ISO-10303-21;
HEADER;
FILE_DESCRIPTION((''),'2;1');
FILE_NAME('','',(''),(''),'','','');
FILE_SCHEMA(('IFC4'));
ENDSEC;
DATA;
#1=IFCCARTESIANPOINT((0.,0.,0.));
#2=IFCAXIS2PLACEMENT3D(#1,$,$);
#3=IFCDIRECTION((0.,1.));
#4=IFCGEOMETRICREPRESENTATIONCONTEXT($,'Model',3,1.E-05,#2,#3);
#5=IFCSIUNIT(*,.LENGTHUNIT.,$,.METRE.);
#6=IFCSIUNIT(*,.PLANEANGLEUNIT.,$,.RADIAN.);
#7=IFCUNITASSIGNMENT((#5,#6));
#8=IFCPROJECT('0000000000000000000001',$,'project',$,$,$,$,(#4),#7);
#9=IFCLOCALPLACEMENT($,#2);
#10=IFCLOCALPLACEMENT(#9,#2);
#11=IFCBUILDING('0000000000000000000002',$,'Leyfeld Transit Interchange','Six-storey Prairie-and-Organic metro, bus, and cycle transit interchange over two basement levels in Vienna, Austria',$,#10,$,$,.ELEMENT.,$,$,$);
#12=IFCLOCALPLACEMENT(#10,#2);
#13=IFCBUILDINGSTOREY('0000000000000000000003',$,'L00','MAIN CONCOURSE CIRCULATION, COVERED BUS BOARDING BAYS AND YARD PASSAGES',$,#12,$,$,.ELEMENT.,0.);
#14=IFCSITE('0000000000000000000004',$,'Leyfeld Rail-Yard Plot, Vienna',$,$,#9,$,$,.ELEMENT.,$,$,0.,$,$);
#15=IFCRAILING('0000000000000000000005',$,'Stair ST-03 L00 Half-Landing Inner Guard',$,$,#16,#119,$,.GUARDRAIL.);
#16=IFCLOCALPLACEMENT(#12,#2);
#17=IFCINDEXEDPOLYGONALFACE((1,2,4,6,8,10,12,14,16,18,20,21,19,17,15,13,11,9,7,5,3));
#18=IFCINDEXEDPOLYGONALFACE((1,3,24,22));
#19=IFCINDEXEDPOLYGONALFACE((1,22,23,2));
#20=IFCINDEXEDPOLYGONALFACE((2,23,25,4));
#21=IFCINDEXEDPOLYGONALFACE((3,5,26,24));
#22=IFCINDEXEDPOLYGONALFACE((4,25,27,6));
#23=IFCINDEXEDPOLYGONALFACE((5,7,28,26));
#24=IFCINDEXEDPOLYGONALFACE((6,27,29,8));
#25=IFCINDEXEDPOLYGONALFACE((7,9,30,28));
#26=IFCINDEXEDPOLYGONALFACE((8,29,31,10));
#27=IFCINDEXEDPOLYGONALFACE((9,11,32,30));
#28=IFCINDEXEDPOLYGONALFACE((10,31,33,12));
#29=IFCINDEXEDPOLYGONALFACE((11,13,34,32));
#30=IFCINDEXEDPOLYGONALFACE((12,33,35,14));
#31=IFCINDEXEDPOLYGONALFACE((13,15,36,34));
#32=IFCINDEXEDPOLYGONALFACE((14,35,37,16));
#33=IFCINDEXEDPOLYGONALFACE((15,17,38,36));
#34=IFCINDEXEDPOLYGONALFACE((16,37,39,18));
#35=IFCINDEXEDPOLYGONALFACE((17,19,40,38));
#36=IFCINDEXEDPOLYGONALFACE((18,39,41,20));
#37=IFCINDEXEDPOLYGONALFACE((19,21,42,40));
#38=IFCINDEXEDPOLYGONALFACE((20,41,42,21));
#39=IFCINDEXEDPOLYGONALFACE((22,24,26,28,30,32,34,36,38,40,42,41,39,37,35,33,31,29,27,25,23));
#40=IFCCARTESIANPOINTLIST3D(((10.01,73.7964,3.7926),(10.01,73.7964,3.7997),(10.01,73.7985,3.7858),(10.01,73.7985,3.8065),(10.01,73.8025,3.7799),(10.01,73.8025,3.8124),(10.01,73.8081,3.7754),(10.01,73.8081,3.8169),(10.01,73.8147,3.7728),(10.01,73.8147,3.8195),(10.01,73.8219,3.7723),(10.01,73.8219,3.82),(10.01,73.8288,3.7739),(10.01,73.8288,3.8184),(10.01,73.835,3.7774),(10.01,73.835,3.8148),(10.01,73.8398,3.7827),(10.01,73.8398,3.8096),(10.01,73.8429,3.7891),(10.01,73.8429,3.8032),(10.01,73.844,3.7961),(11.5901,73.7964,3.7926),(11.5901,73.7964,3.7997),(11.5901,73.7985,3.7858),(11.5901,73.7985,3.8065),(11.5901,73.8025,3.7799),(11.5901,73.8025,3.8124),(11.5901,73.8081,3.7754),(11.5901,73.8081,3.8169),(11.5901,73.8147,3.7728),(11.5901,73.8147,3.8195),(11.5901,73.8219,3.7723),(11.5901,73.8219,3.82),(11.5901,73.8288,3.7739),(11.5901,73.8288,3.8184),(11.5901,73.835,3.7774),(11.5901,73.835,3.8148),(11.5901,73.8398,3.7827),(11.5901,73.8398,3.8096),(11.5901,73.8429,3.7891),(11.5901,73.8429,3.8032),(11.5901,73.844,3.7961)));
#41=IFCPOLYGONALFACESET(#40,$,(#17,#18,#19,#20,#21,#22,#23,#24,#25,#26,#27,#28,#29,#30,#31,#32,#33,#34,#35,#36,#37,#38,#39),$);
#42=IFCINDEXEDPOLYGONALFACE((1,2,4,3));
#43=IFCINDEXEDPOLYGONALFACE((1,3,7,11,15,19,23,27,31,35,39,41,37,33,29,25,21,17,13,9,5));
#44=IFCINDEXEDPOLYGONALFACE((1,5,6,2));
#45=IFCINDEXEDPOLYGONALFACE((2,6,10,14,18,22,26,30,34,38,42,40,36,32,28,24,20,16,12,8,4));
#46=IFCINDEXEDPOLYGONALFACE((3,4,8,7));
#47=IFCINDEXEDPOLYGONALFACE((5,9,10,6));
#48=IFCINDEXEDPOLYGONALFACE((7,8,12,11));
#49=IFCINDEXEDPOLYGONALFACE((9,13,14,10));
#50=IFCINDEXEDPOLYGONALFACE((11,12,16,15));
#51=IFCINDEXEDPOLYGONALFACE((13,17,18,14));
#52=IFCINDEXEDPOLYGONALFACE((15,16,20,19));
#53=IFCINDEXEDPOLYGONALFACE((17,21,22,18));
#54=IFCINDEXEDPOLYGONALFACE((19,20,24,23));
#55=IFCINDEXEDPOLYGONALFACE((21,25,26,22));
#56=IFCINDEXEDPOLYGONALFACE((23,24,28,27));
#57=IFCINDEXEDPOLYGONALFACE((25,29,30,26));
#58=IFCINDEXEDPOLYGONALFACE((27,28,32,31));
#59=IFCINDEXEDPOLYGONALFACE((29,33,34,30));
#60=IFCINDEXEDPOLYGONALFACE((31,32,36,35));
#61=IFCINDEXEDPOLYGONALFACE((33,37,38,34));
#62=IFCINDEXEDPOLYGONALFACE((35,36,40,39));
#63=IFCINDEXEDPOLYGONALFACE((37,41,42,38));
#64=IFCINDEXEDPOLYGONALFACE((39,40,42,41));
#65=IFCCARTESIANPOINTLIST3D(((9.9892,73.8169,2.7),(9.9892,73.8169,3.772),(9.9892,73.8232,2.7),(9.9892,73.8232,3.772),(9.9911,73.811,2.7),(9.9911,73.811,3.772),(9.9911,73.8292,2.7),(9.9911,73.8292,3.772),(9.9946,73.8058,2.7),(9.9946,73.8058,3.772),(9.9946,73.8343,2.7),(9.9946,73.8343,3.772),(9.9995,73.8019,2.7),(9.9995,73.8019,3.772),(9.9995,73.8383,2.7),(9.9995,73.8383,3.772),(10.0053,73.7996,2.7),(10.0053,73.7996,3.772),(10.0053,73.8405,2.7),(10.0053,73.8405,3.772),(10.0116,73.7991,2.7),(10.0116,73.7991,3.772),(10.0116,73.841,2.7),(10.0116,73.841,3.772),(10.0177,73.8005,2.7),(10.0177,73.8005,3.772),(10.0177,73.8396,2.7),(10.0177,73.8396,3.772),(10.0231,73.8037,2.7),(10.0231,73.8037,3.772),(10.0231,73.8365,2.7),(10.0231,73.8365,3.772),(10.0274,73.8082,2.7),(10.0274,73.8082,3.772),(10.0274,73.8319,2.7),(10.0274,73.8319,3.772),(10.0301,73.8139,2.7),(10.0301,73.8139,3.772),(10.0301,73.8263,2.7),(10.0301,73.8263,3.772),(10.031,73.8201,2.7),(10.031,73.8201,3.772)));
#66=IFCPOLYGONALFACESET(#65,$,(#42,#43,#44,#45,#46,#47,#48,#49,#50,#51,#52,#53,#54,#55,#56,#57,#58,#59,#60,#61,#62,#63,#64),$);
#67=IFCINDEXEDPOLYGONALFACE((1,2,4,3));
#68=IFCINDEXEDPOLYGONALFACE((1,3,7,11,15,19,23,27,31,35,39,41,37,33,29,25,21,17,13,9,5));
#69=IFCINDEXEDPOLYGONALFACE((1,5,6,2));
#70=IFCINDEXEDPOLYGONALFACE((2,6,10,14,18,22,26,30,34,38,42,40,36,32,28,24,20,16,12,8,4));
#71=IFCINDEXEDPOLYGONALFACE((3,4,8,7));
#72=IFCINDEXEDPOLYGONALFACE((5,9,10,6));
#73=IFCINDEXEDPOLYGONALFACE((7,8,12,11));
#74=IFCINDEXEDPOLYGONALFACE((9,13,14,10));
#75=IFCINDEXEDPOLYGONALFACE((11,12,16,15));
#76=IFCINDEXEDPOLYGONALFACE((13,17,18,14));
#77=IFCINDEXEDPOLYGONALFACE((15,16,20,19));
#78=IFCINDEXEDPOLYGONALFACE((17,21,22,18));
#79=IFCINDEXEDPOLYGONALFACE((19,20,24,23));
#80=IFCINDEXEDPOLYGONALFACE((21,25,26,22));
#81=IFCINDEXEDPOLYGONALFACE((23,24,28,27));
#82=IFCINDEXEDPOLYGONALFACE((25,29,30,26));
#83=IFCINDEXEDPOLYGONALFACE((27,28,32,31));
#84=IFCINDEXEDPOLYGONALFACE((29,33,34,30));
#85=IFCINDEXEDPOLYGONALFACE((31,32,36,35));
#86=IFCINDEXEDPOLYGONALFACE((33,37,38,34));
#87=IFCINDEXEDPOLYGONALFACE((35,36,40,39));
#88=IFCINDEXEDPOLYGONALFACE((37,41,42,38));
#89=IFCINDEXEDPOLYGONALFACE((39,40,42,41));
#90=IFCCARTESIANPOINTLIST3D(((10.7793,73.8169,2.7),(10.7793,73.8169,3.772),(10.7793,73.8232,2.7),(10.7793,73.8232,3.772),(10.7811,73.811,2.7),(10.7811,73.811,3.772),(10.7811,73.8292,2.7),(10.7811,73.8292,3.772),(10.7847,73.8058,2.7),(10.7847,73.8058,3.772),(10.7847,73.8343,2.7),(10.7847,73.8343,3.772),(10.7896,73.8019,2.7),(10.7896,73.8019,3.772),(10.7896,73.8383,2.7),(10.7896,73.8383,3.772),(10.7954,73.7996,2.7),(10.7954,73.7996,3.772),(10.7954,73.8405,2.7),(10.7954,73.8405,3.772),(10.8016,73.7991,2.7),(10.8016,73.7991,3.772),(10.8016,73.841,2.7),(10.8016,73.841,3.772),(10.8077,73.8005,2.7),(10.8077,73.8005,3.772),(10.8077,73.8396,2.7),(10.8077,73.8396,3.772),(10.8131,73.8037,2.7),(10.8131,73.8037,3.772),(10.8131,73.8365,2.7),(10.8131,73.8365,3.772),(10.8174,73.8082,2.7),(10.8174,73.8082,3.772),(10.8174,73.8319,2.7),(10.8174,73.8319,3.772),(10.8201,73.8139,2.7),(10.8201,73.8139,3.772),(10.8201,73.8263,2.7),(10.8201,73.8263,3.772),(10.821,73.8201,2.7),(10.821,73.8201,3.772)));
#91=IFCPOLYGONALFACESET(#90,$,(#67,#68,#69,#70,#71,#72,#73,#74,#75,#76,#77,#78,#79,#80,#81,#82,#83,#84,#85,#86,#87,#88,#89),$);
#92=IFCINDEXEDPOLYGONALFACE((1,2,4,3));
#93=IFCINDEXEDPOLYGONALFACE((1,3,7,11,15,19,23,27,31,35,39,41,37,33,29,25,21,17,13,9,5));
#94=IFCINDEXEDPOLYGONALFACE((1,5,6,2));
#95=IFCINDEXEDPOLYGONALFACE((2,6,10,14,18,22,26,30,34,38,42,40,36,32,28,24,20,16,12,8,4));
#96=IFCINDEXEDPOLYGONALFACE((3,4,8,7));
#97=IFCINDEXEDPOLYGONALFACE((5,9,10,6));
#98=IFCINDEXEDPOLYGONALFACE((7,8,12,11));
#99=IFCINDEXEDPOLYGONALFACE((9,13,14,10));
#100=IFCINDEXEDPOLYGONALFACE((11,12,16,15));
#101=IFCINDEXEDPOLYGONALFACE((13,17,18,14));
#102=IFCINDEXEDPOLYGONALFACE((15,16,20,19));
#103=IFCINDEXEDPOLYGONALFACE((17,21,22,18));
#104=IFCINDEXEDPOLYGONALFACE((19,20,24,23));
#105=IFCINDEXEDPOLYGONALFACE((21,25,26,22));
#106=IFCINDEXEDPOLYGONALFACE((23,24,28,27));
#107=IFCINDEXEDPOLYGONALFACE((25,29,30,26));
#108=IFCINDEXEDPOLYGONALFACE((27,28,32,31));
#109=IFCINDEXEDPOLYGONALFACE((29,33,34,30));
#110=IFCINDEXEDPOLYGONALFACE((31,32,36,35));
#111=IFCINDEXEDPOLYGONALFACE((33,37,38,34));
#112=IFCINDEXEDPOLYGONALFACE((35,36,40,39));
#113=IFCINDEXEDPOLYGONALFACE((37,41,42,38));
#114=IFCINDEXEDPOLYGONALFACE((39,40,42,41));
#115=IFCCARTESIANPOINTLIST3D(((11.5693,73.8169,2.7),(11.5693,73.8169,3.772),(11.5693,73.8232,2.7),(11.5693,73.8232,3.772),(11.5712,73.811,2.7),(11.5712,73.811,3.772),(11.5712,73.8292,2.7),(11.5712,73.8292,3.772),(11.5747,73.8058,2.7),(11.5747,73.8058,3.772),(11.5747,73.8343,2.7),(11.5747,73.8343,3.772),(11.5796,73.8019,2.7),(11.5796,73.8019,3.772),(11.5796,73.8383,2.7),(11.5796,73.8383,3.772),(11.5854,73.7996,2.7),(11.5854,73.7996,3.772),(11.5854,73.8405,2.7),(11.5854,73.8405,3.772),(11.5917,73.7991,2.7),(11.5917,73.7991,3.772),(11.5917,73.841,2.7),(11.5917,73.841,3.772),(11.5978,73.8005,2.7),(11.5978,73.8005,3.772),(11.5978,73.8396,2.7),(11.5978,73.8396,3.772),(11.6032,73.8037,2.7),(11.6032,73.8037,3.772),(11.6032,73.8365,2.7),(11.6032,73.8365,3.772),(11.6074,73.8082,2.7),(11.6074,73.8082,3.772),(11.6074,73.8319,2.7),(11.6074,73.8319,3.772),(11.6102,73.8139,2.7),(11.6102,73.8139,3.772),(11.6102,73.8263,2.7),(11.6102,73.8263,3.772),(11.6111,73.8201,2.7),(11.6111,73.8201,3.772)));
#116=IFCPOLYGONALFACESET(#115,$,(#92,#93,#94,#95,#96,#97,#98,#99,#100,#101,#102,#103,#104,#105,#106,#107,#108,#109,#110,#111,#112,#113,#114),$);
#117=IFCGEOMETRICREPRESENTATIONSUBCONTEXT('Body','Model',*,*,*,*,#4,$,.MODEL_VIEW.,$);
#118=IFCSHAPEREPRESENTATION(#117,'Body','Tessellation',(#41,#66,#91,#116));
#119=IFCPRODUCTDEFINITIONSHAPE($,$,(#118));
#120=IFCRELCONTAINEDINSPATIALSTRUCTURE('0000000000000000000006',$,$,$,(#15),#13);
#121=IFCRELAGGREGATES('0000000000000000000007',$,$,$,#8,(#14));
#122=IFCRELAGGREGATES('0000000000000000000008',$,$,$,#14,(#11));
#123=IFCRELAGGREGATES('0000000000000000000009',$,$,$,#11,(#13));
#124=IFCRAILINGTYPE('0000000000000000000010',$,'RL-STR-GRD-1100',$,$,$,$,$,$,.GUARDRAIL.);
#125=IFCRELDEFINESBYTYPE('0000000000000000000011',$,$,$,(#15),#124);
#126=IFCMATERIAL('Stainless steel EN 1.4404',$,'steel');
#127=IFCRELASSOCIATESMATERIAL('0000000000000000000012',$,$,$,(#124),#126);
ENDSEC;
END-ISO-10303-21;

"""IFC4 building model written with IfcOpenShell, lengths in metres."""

from ifc_helpers import new_model, si_unit, direction, frame, origin, origin_2d, place, context, subcontext, project, spatial, circle, extrude, material, type_object, element, save


model = new_model("IFC4")

# Units and contexts
model_context = context("Model", 3, precision=1e-05, world=origin(), true_north=direction((0.0, 1.0)))
body_context = subcontext(model_context, "Body", "Model", "MODEL_VIEW")
ifc_project = project(units=[si_unit("LENGTHUNIT", "METRE"), si_unit("PLANEANGLEUNIT", "RADIAN")], contexts=[model_context])

# Site, building, storey
site_placement = place(None, origin())
site = spatial("IfcSite", under=ifc_project, at=site_placement, Name="Leyfeld Rail-Yard Plot, Vienna", CompositionType="ELEMENT", RefElevation=0.0)
building_placement = place(site_placement, origin())
building = spatial("IfcBuilding", under=site, at=building_placement, Name="Leyfeld Transit Interchange", Description="Six-storey Prairie-and-Organic metro, bus, and cycle transit interchange over two basement levels in Vienna, Austria", CompositionType="ELEMENT")
storey_placement = place(building_placement, origin())
storey = spatial("IfcBuildingStorey", under=building, at=storey_placement, Name="L00", Description="MAIN CONCOURSE CIRCULATION, COVERED BUS BOARDING BAYS AND YARD PASSAGES", CompositionType="ELEMENT", Elevation=0.0)

# Railing
ifc_material_1 = material(Name="Stainless steel EN 1.4404", Category="steel")
railing_type_1 = type_object("IfcRailingType", Name="RL-STR-GRD-1100", PredefinedType="GUARDRAIL", material=ifc_material_1)
railing_1_placement = place(storey_placement, frame((10.01, 73.8201, 2.7)))
element("IfcRailing", 1, at=railing_1_placement, inside=storey, type_object=railing_type_1, Name="Stair ST-03 L00 Half-Landing Inner Guard", PredefinedType="GUARDRAIL", context=body_context, shape_type="SweptSolid", body=[
    extrude(circle(Radius=0.0239, at=origin_2d()), frame((0.0, 0.0, 1.0962), z_axis=(1.0, 0.0, 0.0), x_axis=(0.0, 1.0, 0.0)), (0.0, 0.0, 1.0), 1.5801),
    extrude(circle(Radius=0.021, at=origin_2d()), origin(), (0.0, 0.0, 1.0), 1.072),
    extrude(circle(Radius=0.021, at=origin_2d()), frame((0.79, 0.0, 0.0)), (0.0, 0.0, 1.0), 1.072),
    extrude(circle(Radius=0.021, at=origin_2d()), frame((1.5801, 0.0, 0.0)), (0.0, 0.0, 1.0), 1.072),
])

save(model, "model.ifc")
